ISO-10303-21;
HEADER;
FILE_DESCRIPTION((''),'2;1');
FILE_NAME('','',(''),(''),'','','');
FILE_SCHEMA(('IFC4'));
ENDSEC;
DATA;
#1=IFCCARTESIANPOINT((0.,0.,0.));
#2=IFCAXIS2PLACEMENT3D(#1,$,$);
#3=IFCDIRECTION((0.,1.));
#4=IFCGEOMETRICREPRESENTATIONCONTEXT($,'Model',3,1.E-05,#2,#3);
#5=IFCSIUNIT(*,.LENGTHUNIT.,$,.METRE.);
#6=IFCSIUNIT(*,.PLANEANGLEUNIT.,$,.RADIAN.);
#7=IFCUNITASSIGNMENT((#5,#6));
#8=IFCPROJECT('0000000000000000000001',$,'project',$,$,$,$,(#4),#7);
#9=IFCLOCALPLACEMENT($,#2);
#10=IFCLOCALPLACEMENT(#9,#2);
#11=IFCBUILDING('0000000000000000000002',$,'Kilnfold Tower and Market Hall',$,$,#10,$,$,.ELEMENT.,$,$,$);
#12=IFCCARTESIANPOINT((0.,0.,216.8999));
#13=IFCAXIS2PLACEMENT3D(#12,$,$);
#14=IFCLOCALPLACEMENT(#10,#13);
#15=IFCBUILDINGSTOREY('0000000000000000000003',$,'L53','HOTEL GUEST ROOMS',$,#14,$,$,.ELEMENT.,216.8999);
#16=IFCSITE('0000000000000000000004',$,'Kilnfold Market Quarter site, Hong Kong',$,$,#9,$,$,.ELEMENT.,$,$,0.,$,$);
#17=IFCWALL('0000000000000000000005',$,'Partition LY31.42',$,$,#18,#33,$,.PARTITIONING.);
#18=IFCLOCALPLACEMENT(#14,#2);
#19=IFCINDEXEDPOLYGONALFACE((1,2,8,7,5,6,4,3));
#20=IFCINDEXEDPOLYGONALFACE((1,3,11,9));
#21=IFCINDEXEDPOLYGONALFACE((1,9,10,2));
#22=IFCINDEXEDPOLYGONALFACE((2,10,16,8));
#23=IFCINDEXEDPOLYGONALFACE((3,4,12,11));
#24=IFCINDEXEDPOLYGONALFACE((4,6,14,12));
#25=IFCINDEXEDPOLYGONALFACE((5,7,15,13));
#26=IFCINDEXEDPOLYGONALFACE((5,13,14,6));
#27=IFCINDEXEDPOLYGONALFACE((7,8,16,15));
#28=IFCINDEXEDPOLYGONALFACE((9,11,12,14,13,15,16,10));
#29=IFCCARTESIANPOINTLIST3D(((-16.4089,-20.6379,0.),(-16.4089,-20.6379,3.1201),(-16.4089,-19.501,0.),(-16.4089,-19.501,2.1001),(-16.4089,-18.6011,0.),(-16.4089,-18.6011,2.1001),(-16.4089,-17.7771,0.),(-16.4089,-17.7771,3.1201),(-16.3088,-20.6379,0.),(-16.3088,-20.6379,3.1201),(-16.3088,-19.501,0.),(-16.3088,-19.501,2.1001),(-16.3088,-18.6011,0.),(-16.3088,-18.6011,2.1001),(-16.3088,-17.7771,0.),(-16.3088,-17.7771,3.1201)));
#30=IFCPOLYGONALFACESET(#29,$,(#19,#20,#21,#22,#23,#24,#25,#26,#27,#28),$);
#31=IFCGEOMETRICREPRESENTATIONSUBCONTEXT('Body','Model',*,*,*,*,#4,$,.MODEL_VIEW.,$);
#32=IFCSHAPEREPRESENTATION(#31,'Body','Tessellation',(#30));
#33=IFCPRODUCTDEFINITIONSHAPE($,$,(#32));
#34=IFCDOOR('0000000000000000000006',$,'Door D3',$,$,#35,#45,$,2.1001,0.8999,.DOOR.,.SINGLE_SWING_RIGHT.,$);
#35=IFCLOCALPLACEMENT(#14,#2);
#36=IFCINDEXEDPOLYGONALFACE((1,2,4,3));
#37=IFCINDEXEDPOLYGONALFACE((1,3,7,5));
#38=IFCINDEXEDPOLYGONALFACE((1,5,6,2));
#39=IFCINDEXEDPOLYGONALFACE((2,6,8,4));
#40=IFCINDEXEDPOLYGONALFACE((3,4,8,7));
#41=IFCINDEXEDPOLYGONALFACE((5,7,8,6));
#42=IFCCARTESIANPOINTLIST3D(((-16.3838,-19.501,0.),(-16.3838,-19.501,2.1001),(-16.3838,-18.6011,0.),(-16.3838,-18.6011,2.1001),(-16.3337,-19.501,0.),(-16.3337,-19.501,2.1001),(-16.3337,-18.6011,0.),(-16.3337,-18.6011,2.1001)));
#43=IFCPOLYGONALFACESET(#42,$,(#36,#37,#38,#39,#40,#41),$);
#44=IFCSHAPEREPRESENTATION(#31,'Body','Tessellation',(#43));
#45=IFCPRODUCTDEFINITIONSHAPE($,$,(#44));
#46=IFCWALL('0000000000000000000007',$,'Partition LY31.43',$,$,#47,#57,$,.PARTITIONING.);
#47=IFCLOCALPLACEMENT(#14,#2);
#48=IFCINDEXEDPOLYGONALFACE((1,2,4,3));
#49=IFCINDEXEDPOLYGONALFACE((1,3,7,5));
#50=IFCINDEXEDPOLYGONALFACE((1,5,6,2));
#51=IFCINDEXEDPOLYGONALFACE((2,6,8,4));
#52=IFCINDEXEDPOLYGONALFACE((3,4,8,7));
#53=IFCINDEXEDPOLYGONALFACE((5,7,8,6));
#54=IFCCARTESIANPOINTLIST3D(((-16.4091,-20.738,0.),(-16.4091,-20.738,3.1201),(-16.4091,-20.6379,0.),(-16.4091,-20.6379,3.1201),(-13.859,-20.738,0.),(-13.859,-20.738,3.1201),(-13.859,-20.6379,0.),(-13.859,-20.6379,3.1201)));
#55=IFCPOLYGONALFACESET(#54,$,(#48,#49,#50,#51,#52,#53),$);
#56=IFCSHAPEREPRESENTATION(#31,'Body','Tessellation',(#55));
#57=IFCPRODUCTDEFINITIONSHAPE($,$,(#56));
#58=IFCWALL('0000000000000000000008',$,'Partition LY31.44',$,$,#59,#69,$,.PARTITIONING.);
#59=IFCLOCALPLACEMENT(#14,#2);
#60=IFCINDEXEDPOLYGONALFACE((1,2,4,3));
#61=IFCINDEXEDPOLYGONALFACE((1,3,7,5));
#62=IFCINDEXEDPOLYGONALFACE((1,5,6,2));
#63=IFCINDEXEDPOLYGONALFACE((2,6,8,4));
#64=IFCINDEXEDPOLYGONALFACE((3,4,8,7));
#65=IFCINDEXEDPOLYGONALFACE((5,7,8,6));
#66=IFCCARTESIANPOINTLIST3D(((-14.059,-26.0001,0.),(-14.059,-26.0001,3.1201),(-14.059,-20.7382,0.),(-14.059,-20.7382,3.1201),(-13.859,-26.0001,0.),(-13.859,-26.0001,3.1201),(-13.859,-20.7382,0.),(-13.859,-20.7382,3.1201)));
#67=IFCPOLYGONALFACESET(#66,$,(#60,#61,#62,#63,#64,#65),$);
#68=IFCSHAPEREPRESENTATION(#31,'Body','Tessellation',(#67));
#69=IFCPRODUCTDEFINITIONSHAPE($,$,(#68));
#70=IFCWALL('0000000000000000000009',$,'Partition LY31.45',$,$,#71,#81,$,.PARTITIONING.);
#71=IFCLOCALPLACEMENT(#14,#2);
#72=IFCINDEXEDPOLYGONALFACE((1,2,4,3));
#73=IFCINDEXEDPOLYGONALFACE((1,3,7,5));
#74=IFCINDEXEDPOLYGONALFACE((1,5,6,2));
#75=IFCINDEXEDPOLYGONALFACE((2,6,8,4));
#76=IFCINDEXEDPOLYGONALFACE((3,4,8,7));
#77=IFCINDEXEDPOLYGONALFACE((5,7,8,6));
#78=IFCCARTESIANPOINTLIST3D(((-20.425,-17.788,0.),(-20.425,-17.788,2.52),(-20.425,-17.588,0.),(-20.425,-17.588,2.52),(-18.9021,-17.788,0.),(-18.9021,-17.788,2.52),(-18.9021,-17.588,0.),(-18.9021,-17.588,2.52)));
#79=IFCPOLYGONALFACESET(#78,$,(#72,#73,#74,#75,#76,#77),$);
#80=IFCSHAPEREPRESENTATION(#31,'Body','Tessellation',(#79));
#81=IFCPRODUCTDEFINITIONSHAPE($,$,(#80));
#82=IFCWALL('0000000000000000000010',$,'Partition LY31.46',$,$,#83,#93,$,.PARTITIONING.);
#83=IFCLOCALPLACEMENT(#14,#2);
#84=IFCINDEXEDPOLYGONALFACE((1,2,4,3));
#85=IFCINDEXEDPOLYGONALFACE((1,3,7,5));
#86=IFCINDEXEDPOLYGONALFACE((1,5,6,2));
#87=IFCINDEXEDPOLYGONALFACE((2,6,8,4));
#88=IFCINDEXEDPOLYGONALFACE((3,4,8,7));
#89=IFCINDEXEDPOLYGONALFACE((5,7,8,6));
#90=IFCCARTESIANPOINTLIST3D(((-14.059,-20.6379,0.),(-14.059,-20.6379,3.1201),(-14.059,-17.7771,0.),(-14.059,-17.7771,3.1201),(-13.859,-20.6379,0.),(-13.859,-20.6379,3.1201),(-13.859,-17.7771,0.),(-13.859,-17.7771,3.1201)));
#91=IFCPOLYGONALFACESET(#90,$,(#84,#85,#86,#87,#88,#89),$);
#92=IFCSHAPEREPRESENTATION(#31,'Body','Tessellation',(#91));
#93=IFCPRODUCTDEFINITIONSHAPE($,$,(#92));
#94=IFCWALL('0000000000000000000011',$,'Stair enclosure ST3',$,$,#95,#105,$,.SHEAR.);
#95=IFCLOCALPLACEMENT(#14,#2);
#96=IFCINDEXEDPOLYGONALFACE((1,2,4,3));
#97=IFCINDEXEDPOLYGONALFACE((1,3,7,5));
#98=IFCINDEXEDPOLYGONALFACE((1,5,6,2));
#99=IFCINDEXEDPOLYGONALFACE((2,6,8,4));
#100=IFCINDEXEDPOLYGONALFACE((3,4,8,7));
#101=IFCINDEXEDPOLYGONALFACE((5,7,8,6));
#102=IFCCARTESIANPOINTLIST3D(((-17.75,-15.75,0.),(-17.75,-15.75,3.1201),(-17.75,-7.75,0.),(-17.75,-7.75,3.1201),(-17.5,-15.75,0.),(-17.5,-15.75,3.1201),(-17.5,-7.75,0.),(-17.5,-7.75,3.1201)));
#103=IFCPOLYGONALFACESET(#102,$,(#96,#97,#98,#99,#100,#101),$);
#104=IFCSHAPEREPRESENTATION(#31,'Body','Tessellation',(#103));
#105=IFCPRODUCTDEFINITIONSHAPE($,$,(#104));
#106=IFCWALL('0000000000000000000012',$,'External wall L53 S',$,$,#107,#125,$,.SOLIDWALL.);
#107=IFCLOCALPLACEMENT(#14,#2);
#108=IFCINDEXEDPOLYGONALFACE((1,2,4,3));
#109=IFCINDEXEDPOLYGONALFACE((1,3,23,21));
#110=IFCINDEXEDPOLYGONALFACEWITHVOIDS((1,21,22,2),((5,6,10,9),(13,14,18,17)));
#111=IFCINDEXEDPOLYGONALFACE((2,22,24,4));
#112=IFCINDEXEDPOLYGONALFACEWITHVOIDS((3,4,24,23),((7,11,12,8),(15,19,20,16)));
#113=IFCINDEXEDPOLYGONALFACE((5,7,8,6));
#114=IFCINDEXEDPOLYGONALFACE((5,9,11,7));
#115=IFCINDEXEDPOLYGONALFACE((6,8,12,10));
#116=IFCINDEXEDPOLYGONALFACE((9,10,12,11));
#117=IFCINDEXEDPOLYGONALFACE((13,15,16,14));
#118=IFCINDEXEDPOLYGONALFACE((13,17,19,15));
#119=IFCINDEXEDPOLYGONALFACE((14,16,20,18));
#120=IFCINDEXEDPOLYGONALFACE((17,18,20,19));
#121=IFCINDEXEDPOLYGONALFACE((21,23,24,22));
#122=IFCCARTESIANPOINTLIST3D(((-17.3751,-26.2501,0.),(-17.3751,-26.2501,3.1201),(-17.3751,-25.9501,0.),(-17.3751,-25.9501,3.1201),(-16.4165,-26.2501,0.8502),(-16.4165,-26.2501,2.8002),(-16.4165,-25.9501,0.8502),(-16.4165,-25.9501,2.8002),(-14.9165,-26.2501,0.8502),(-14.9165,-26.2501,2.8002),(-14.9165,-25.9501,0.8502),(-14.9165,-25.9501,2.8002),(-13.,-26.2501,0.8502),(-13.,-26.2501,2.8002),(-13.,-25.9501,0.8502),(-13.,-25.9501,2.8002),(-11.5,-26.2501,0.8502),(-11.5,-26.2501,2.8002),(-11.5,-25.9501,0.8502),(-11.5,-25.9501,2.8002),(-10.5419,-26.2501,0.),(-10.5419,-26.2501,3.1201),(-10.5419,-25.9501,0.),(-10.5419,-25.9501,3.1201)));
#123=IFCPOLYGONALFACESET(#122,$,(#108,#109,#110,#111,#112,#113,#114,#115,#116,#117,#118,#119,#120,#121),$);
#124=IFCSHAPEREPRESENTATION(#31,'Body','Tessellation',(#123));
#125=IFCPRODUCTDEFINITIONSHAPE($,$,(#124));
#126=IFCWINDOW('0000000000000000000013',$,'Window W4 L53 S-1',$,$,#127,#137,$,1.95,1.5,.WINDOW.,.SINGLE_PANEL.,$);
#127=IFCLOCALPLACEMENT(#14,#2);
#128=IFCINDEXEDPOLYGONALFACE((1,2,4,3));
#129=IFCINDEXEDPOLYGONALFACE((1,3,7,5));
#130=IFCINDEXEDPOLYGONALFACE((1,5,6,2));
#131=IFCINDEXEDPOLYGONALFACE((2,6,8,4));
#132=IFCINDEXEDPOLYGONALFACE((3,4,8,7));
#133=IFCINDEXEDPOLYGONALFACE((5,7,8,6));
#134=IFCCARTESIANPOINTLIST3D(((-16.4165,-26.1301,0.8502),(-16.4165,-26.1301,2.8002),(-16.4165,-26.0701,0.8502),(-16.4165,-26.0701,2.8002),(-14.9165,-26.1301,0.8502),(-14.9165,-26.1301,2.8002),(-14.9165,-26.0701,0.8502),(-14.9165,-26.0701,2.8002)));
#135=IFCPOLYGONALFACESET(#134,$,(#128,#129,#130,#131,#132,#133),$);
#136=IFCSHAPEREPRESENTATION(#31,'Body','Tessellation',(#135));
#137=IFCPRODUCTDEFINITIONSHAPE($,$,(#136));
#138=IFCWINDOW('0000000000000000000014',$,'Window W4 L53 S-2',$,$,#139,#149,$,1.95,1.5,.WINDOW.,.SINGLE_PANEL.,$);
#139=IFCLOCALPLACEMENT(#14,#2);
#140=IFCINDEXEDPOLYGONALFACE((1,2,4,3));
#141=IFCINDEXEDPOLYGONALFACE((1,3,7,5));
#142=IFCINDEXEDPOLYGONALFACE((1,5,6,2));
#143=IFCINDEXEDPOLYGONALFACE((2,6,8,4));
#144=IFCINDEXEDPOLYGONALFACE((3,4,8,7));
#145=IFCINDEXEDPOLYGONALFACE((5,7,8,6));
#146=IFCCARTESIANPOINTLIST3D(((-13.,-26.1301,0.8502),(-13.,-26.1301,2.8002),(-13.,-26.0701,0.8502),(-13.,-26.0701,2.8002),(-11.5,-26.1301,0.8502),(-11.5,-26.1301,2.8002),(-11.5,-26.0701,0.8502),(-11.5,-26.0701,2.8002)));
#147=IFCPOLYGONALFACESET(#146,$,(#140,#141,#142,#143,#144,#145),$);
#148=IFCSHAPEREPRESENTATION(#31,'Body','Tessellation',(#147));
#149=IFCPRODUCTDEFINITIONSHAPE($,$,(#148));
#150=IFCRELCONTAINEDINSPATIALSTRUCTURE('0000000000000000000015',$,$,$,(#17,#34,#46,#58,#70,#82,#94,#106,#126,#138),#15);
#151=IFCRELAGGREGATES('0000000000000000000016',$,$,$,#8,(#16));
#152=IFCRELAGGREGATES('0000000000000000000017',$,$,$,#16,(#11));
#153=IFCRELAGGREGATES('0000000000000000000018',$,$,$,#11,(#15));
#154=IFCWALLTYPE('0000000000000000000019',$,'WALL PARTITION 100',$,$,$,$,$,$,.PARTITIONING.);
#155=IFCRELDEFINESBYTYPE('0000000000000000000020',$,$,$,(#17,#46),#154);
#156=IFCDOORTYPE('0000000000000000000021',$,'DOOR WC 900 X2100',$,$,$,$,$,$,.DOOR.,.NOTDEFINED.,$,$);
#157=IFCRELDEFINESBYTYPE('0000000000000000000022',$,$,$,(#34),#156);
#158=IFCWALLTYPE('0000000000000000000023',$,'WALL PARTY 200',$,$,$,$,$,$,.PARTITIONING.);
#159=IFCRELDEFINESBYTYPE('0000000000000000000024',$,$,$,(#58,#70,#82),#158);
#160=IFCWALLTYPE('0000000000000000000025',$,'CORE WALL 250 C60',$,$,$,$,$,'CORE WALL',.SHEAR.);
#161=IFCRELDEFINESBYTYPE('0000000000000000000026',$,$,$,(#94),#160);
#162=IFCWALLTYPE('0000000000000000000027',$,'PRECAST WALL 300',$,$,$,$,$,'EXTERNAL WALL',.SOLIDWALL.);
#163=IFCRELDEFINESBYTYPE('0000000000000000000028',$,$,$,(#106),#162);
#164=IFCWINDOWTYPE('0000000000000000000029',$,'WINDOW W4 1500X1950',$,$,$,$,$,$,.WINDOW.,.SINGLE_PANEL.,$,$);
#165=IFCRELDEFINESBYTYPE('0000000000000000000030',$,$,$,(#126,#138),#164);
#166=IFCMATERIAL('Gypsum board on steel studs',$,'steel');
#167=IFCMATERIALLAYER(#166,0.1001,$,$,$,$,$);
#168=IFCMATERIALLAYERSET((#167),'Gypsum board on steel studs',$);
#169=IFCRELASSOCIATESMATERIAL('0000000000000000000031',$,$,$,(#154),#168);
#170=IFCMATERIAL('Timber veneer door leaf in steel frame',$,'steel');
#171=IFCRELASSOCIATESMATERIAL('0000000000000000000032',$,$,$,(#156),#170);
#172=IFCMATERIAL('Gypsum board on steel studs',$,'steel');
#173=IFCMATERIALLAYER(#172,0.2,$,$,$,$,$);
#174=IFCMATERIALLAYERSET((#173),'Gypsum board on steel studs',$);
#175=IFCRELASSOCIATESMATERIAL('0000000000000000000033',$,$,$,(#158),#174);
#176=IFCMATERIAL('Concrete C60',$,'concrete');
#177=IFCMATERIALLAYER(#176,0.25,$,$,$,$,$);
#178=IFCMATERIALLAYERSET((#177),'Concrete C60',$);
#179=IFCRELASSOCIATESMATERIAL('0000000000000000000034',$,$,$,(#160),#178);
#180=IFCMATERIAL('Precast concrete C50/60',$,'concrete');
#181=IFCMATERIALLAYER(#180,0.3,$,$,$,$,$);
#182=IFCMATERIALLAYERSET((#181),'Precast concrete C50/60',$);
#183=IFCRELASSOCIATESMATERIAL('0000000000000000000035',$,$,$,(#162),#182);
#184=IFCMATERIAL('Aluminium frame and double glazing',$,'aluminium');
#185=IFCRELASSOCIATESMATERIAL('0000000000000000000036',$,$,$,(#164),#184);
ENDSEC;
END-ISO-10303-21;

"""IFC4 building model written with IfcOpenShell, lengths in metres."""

from ifc_helpers import new_model, si_unit, direction, frame, frame_2d, origin, place, context, subcontext, project, spatial, rectangle, extrude, source, transform, mapped, material, layer, layer_set, type_object, element, fill, save


model = new_model("IFC4")

# Units and contexts
model_context = context("Model", 3, precision=1e-05, world=origin(), true_north=direction((0.0, 1.0)))
body_context = subcontext(model_context, "Body", "Model", "MODEL_VIEW")
ifc_project = project(units=[si_unit("LENGTHUNIT", "METRE"), si_unit("PLANEANGLEUNIT", "RADIAN")], contexts=[model_context])

# Site, building, storey
site_placement = place(None, origin())
site = spatial("IfcSite", under=ifc_project, at=site_placement, Name="Kilnfold Market Quarter site, Hong Kong", CompositionType="ELEMENT", RefElevation=0.0)
building_placement = place(site_placement, origin())
building = spatial("IfcBuilding", under=site, at=building_placement, Name="Kilnfold Tower and Market Hall", CompositionType="ELEMENT")
storey_placement = place(building_placement, frame((0.0, 0.0, 216.8999)))
storey = spatial("IfcBuildingStorey", under=building, at=storey_placement, Name="L53", Description="HOTEL GUEST ROOMS", CompositionType="ELEMENT", Elevation=216.8999)

# Wall, opening, door
ifc_material_1 = material(Name="Gypsum board on steel studs", Category="steel")
ifc_layer_1 = layer(ifc_material_1, 0.1001)
ifc_layer_set_1 = layer_set([ifc_layer_1], Name="Gypsum board on steel studs")
wall_type_1 = type_object("IfcWallType", Name="WALL PARTITION 100", PredefinedType="PARTITIONING", material=ifc_layer_set_1)
wall_1_placement = place(storey_placement, frame((-16.3589, -20.6379, 0.0), z_axis=(0.0, 0.0, 1.0), x_axis=(0.0, 1.0, 0.0)))
wall_1 = element("IfcWall", 1, at=wall_1_placement, inside=storey, type_object=wall_type_1, Name="Partition LY31.42", PredefinedType="PARTITIONING", context=body_context, shape_type="SweptSolid", body=[
    extrude(rectangle(XDim=2.8608, YDim=0.1001, at=frame_2d((1.4304, 0.0))), origin(), (0.0, 0.0, 1.0), 3.1201),
])
opening_1_placement = place(wall_1_placement, frame((1.137, 0.0, 0.0)))
opening_1 = element("IfcOpeningElement", 2, at=opening_1_placement, cuts=wall_1, PredefinedType="OPENING", context=body_context, shape_type="SweptSolid", body=[
    extrude(rectangle(XDim=0.8999, YDim=2.1001, at=frame_2d((0.45, 1.05))), frame((0.0, 0.0601, 0.0), z_axis=(0.0, -1.0, 0.0), x_axis=(1.0, 0.0, 0.0)), (0.0, 0.0, 1.0), 0.1201),
])
ifc_material_2 = material(Name="Timber veneer door leaf in steel frame", Category="steel")
door_type_1 = type_object("IfcDoorType", Name="DOOR WC 900 X2100", OperationType="NOTDEFINED", PredefinedType="DOOR", material=ifc_material_2)
door_1_placement = place(opening_1_placement, origin())
door_1 = element("IfcDoor", 3, at=door_1_placement, inside=storey, type_object=door_type_1, Name="Door D3", OperationType="SINGLE_SWING_RIGHT", OverallHeight=2.1001, OverallWidth=0.8999, PredefinedType="DOOR", context=body_context, shape_type="SweptSolid", body=[
    extrude(rectangle(XDim=0.8999, YDim=2.1001, at=frame_2d((0.45, 1.05))), frame((0.0, 0.0249, 0.0), z_axis=(0.0, -1.0, 0.0), x_axis=(1.0, 0.0, 0.0)), (0.0, 0.0, 1.0), 0.05),
])
fill(opening_1, door_1)

# Walls
wall_2_placement = place(storey_placement, frame((-16.4089, -20.688, 0.0), z_axis=(0.0, 0.0, 1.0), x_axis=(1.0, 0.0, 0.0)))
element("IfcWall", 4, at=wall_2_placement, inside=storey, type_object=wall_type_1, Name="Partition LY31.43", PredefinedType="PARTITIONING", context=body_context, shape_type="SweptSolid", body=[
    extrude(rectangle(XDim=2.55, YDim=0.1001, at=frame_2d((1.2749, 0.0))), origin(), (0.0, 0.0, 1.0), 3.1201),
])
ifc_material_3 = material(Name="Gypsum board on steel studs", Category="steel")
ifc_layer_2 = layer(ifc_material_3, 0.2)
ifc_layer_set_2 = layer_set([ifc_layer_2], Name="Gypsum board on steel studs")
wall_type_2 = type_object("IfcWallType", Name="WALL PARTY 200", PredefinedType="PARTITIONING", material=ifc_layer_set_2)
wall_3_placement = place(storey_placement, frame((-13.959, -26.0, 0.0), z_axis=(0.0, 0.0, 1.0), x_axis=(0.0, 1.0, 0.0)))
element("IfcWall", 5, at=wall_3_placement, inside=storey, type_object=wall_type_2, Name="Partition LY31.44", PredefinedType="PARTITIONING", context=body_context, shape_type="SweptSolid", body=[
    extrude(rectangle(XDim=5.262, YDim=0.2, at=frame_2d((2.6309, 0.0))), origin(), (0.0, 0.0, 1.0), 3.1201),
])
wall_4_placement = place(storey_placement, frame((-20.425, -17.688, 0.0), z_axis=(0.0, 0.0, 1.0), x_axis=(1.0, 0.0, 0.0)))
element("IfcWall", 6, at=wall_4_placement, inside=storey, type_object=wall_type_2, Name="Partition LY31.45", PredefinedType="PARTITIONING", context=body_context, shape_type="SweptSolid", body=[
    extrude(rectangle(XDim=1.5229, YDim=0.2, at=frame_2d((0.7615, 0.0))), origin(), (0.0, 0.0, 1.0), 2.52),
])
wall_5_placement = place(storey_placement, frame((-13.959, -20.6379, 0.0), z_axis=(0.0, 0.0, 1.0), x_axis=(0.0, 1.0, 0.0)))
element("IfcWall", 7, at=wall_5_placement, inside=storey, type_object=wall_type_2, Name="Partition LY31.46", PredefinedType="PARTITIONING", context=body_context, shape_type="SweptSolid", body=[
    extrude(rectangle(XDim=2.8608, YDim=0.2, at=frame_2d((1.4304, 0.0))), origin(), (0.0, 0.0, 1.0), 3.1201),
])
ifc_material_4 = material(Name="Concrete C60", Category="concrete")
ifc_layer_3 = layer(ifc_material_4, 0.25)
ifc_layer_set_3 = layer_set([ifc_layer_3], Name="Concrete C60")
wall_type_3 = type_object("IfcWallType", Name="CORE WALL 250 C60", ElementType="CORE WALL", PredefinedType="SHEAR", material=ifc_layer_set_3)
shared_shape_1 = source(origin(), body_context, "Body", "SweptSolid", [
    extrude(rectangle(XDim=8.0, YDim=0.25, at=frame_2d((4.0, 0.0))), origin(), (0.0, 0.0, 1.0), 3.1201),
])
wall_6_placement = place(storey_placement, frame((-17.625, -15.75, 0.0), z_axis=(0.0, 0.0, 1.0), x_axis=(0.0, 1.0, 0.0)))
element("IfcWall", 8, at=wall_6_placement, inside=storey, type_object=wall_type_3, Name="Stair enclosure ST3", PredefinedType="SHEAR", context=body_context, shape_type="MappedRepresentation", body=[
    mapped(shared_shape_1, transform((0.0, 0.0, 0.0))),
])

# Wall, openings, windows
ifc_material_5 = material(Name="Precast concrete C50/60", Category="concrete")
ifc_layer_4 = layer(ifc_material_5, 0.3)
ifc_layer_set_4 = layer_set([ifc_layer_4], Name="Precast concrete C50/60")
wall_type_4 = type_object("IfcWallType", Name="PRECAST WALL 300", ElementType="EXTERNAL WALL", PredefinedType="SOLIDWALL", material=ifc_layer_set_4)
shared_shape_2 = source(origin(), body_context, "Body", "SweptSolid", [
    extrude(rectangle(XDim=6.8333, YDim=0.3, at=frame_2d((3.4165, 0.0))), origin(), (0.0, 0.0, 1.0), 3.1201),
])
wall_7_placement = place(storey_placement, frame((-17.375, -26.1001, 0.0), z_axis=(0.0, 0.0, 1.0), x_axis=(1.0, 0.0, 0.0)))
wall_7 = element("IfcWall", 9, at=wall_7_placement, inside=storey, type_object=wall_type_4, Name="External wall L53 S", PredefinedType="SOLIDWALL", context=body_context, shape_type="MappedRepresentation", body=[
    mapped(shared_shape_2, transform((0.0, 0.0, 0.0))),
])
opening_2_placement = place(wall_7_placement, frame((0.9585, 0.0, 0.8501)))
opening_2 = element("IfcOpeningElement", 10, at=opening_2_placement, cuts=wall_7, PredefinedType="OPENING", context=body_context, shape_type="SweptSolid", body=[
    extrude(rectangle(XDim=1.5, YDim=1.95, at=frame_2d((0.75, 0.9751))), frame((0.0, 0.1602, 0.0), z_axis=(0.0, -1.0, 0.0), x_axis=(1.0, 0.0, 0.0)), (0.0, 0.0, 1.0), 0.3201),
])
opening_3_placement = place(wall_7_placement, frame((4.375, 0.0, 0.8501)))
opening_3 = element("IfcOpeningElement", 11, at=opening_3_placement, cuts=wall_7, PredefinedType="OPENING", context=body_context, shape_type="SweptSolid", body=[
    extrude(rectangle(XDim=1.5, YDim=1.95, at=frame_2d((0.75, 0.9751))), frame((0.0, 0.1602, 0.0), z_axis=(0.0, -1.0, 0.0), x_axis=(1.0, 0.0, 0.0)), (0.0, 0.0, 1.0), 0.3201),
])
ifc_material_6 = material(Name="Aluminium frame and double glazing", Category="aluminium")
window_type_1 = type_object("IfcWindowType", Name="WINDOW W4 1500X1950", PartitioningType="SINGLE_PANEL", PredefinedType="WINDOW", material=ifc_material_6)
window_1_placement = place(opening_2_placement, origin())
window_1 = element("IfcWindow", 12, at=window_1_placement, inside=storey, type_object=window_type_1, Name="Window W4 L53 S-1", OverallHeight=1.95, OverallWidth=1.5, PartitioningType="SINGLE_PANEL", PredefinedType="WINDOW", context=body_context, shape_type="SweptSolid", body=[
    extrude(rectangle(XDim=1.5, YDim=1.95, at=frame_2d((0.75, 0.9751))), frame((0.0, 0.03, 0.0), z_axis=(0.0, -1.0, 0.0), x_axis=(1.0, 0.0, 0.0)), (0.0, 0.0, 1.0), 0.0601),
])
fill(opening_2, window_1)
window_2_placement = place(opening_3_placement, origin())
window_2 = element("IfcWindow", 13, at=window_2_placement, inside=storey, type_object=window_type_1, Name="Window W4 L53 S-2", OverallHeight=1.95, OverallWidth=1.5, PartitioningType="SINGLE_PANEL", PredefinedType="WINDOW", context=body_context, shape_type="SweptSolid", body=[
    extrude(rectangle(XDim=1.5, YDim=1.95, at=frame_2d((0.75, 0.9751))), frame((0.0, 0.03, 0.0), z_axis=(0.0, -1.0, 0.0), x_axis=(1.0, 0.0, 0.0)), (0.0, 0.0, 1.0), 0.0601),
])
fill(opening_3, window_2)

save(model, "model.ifc")
